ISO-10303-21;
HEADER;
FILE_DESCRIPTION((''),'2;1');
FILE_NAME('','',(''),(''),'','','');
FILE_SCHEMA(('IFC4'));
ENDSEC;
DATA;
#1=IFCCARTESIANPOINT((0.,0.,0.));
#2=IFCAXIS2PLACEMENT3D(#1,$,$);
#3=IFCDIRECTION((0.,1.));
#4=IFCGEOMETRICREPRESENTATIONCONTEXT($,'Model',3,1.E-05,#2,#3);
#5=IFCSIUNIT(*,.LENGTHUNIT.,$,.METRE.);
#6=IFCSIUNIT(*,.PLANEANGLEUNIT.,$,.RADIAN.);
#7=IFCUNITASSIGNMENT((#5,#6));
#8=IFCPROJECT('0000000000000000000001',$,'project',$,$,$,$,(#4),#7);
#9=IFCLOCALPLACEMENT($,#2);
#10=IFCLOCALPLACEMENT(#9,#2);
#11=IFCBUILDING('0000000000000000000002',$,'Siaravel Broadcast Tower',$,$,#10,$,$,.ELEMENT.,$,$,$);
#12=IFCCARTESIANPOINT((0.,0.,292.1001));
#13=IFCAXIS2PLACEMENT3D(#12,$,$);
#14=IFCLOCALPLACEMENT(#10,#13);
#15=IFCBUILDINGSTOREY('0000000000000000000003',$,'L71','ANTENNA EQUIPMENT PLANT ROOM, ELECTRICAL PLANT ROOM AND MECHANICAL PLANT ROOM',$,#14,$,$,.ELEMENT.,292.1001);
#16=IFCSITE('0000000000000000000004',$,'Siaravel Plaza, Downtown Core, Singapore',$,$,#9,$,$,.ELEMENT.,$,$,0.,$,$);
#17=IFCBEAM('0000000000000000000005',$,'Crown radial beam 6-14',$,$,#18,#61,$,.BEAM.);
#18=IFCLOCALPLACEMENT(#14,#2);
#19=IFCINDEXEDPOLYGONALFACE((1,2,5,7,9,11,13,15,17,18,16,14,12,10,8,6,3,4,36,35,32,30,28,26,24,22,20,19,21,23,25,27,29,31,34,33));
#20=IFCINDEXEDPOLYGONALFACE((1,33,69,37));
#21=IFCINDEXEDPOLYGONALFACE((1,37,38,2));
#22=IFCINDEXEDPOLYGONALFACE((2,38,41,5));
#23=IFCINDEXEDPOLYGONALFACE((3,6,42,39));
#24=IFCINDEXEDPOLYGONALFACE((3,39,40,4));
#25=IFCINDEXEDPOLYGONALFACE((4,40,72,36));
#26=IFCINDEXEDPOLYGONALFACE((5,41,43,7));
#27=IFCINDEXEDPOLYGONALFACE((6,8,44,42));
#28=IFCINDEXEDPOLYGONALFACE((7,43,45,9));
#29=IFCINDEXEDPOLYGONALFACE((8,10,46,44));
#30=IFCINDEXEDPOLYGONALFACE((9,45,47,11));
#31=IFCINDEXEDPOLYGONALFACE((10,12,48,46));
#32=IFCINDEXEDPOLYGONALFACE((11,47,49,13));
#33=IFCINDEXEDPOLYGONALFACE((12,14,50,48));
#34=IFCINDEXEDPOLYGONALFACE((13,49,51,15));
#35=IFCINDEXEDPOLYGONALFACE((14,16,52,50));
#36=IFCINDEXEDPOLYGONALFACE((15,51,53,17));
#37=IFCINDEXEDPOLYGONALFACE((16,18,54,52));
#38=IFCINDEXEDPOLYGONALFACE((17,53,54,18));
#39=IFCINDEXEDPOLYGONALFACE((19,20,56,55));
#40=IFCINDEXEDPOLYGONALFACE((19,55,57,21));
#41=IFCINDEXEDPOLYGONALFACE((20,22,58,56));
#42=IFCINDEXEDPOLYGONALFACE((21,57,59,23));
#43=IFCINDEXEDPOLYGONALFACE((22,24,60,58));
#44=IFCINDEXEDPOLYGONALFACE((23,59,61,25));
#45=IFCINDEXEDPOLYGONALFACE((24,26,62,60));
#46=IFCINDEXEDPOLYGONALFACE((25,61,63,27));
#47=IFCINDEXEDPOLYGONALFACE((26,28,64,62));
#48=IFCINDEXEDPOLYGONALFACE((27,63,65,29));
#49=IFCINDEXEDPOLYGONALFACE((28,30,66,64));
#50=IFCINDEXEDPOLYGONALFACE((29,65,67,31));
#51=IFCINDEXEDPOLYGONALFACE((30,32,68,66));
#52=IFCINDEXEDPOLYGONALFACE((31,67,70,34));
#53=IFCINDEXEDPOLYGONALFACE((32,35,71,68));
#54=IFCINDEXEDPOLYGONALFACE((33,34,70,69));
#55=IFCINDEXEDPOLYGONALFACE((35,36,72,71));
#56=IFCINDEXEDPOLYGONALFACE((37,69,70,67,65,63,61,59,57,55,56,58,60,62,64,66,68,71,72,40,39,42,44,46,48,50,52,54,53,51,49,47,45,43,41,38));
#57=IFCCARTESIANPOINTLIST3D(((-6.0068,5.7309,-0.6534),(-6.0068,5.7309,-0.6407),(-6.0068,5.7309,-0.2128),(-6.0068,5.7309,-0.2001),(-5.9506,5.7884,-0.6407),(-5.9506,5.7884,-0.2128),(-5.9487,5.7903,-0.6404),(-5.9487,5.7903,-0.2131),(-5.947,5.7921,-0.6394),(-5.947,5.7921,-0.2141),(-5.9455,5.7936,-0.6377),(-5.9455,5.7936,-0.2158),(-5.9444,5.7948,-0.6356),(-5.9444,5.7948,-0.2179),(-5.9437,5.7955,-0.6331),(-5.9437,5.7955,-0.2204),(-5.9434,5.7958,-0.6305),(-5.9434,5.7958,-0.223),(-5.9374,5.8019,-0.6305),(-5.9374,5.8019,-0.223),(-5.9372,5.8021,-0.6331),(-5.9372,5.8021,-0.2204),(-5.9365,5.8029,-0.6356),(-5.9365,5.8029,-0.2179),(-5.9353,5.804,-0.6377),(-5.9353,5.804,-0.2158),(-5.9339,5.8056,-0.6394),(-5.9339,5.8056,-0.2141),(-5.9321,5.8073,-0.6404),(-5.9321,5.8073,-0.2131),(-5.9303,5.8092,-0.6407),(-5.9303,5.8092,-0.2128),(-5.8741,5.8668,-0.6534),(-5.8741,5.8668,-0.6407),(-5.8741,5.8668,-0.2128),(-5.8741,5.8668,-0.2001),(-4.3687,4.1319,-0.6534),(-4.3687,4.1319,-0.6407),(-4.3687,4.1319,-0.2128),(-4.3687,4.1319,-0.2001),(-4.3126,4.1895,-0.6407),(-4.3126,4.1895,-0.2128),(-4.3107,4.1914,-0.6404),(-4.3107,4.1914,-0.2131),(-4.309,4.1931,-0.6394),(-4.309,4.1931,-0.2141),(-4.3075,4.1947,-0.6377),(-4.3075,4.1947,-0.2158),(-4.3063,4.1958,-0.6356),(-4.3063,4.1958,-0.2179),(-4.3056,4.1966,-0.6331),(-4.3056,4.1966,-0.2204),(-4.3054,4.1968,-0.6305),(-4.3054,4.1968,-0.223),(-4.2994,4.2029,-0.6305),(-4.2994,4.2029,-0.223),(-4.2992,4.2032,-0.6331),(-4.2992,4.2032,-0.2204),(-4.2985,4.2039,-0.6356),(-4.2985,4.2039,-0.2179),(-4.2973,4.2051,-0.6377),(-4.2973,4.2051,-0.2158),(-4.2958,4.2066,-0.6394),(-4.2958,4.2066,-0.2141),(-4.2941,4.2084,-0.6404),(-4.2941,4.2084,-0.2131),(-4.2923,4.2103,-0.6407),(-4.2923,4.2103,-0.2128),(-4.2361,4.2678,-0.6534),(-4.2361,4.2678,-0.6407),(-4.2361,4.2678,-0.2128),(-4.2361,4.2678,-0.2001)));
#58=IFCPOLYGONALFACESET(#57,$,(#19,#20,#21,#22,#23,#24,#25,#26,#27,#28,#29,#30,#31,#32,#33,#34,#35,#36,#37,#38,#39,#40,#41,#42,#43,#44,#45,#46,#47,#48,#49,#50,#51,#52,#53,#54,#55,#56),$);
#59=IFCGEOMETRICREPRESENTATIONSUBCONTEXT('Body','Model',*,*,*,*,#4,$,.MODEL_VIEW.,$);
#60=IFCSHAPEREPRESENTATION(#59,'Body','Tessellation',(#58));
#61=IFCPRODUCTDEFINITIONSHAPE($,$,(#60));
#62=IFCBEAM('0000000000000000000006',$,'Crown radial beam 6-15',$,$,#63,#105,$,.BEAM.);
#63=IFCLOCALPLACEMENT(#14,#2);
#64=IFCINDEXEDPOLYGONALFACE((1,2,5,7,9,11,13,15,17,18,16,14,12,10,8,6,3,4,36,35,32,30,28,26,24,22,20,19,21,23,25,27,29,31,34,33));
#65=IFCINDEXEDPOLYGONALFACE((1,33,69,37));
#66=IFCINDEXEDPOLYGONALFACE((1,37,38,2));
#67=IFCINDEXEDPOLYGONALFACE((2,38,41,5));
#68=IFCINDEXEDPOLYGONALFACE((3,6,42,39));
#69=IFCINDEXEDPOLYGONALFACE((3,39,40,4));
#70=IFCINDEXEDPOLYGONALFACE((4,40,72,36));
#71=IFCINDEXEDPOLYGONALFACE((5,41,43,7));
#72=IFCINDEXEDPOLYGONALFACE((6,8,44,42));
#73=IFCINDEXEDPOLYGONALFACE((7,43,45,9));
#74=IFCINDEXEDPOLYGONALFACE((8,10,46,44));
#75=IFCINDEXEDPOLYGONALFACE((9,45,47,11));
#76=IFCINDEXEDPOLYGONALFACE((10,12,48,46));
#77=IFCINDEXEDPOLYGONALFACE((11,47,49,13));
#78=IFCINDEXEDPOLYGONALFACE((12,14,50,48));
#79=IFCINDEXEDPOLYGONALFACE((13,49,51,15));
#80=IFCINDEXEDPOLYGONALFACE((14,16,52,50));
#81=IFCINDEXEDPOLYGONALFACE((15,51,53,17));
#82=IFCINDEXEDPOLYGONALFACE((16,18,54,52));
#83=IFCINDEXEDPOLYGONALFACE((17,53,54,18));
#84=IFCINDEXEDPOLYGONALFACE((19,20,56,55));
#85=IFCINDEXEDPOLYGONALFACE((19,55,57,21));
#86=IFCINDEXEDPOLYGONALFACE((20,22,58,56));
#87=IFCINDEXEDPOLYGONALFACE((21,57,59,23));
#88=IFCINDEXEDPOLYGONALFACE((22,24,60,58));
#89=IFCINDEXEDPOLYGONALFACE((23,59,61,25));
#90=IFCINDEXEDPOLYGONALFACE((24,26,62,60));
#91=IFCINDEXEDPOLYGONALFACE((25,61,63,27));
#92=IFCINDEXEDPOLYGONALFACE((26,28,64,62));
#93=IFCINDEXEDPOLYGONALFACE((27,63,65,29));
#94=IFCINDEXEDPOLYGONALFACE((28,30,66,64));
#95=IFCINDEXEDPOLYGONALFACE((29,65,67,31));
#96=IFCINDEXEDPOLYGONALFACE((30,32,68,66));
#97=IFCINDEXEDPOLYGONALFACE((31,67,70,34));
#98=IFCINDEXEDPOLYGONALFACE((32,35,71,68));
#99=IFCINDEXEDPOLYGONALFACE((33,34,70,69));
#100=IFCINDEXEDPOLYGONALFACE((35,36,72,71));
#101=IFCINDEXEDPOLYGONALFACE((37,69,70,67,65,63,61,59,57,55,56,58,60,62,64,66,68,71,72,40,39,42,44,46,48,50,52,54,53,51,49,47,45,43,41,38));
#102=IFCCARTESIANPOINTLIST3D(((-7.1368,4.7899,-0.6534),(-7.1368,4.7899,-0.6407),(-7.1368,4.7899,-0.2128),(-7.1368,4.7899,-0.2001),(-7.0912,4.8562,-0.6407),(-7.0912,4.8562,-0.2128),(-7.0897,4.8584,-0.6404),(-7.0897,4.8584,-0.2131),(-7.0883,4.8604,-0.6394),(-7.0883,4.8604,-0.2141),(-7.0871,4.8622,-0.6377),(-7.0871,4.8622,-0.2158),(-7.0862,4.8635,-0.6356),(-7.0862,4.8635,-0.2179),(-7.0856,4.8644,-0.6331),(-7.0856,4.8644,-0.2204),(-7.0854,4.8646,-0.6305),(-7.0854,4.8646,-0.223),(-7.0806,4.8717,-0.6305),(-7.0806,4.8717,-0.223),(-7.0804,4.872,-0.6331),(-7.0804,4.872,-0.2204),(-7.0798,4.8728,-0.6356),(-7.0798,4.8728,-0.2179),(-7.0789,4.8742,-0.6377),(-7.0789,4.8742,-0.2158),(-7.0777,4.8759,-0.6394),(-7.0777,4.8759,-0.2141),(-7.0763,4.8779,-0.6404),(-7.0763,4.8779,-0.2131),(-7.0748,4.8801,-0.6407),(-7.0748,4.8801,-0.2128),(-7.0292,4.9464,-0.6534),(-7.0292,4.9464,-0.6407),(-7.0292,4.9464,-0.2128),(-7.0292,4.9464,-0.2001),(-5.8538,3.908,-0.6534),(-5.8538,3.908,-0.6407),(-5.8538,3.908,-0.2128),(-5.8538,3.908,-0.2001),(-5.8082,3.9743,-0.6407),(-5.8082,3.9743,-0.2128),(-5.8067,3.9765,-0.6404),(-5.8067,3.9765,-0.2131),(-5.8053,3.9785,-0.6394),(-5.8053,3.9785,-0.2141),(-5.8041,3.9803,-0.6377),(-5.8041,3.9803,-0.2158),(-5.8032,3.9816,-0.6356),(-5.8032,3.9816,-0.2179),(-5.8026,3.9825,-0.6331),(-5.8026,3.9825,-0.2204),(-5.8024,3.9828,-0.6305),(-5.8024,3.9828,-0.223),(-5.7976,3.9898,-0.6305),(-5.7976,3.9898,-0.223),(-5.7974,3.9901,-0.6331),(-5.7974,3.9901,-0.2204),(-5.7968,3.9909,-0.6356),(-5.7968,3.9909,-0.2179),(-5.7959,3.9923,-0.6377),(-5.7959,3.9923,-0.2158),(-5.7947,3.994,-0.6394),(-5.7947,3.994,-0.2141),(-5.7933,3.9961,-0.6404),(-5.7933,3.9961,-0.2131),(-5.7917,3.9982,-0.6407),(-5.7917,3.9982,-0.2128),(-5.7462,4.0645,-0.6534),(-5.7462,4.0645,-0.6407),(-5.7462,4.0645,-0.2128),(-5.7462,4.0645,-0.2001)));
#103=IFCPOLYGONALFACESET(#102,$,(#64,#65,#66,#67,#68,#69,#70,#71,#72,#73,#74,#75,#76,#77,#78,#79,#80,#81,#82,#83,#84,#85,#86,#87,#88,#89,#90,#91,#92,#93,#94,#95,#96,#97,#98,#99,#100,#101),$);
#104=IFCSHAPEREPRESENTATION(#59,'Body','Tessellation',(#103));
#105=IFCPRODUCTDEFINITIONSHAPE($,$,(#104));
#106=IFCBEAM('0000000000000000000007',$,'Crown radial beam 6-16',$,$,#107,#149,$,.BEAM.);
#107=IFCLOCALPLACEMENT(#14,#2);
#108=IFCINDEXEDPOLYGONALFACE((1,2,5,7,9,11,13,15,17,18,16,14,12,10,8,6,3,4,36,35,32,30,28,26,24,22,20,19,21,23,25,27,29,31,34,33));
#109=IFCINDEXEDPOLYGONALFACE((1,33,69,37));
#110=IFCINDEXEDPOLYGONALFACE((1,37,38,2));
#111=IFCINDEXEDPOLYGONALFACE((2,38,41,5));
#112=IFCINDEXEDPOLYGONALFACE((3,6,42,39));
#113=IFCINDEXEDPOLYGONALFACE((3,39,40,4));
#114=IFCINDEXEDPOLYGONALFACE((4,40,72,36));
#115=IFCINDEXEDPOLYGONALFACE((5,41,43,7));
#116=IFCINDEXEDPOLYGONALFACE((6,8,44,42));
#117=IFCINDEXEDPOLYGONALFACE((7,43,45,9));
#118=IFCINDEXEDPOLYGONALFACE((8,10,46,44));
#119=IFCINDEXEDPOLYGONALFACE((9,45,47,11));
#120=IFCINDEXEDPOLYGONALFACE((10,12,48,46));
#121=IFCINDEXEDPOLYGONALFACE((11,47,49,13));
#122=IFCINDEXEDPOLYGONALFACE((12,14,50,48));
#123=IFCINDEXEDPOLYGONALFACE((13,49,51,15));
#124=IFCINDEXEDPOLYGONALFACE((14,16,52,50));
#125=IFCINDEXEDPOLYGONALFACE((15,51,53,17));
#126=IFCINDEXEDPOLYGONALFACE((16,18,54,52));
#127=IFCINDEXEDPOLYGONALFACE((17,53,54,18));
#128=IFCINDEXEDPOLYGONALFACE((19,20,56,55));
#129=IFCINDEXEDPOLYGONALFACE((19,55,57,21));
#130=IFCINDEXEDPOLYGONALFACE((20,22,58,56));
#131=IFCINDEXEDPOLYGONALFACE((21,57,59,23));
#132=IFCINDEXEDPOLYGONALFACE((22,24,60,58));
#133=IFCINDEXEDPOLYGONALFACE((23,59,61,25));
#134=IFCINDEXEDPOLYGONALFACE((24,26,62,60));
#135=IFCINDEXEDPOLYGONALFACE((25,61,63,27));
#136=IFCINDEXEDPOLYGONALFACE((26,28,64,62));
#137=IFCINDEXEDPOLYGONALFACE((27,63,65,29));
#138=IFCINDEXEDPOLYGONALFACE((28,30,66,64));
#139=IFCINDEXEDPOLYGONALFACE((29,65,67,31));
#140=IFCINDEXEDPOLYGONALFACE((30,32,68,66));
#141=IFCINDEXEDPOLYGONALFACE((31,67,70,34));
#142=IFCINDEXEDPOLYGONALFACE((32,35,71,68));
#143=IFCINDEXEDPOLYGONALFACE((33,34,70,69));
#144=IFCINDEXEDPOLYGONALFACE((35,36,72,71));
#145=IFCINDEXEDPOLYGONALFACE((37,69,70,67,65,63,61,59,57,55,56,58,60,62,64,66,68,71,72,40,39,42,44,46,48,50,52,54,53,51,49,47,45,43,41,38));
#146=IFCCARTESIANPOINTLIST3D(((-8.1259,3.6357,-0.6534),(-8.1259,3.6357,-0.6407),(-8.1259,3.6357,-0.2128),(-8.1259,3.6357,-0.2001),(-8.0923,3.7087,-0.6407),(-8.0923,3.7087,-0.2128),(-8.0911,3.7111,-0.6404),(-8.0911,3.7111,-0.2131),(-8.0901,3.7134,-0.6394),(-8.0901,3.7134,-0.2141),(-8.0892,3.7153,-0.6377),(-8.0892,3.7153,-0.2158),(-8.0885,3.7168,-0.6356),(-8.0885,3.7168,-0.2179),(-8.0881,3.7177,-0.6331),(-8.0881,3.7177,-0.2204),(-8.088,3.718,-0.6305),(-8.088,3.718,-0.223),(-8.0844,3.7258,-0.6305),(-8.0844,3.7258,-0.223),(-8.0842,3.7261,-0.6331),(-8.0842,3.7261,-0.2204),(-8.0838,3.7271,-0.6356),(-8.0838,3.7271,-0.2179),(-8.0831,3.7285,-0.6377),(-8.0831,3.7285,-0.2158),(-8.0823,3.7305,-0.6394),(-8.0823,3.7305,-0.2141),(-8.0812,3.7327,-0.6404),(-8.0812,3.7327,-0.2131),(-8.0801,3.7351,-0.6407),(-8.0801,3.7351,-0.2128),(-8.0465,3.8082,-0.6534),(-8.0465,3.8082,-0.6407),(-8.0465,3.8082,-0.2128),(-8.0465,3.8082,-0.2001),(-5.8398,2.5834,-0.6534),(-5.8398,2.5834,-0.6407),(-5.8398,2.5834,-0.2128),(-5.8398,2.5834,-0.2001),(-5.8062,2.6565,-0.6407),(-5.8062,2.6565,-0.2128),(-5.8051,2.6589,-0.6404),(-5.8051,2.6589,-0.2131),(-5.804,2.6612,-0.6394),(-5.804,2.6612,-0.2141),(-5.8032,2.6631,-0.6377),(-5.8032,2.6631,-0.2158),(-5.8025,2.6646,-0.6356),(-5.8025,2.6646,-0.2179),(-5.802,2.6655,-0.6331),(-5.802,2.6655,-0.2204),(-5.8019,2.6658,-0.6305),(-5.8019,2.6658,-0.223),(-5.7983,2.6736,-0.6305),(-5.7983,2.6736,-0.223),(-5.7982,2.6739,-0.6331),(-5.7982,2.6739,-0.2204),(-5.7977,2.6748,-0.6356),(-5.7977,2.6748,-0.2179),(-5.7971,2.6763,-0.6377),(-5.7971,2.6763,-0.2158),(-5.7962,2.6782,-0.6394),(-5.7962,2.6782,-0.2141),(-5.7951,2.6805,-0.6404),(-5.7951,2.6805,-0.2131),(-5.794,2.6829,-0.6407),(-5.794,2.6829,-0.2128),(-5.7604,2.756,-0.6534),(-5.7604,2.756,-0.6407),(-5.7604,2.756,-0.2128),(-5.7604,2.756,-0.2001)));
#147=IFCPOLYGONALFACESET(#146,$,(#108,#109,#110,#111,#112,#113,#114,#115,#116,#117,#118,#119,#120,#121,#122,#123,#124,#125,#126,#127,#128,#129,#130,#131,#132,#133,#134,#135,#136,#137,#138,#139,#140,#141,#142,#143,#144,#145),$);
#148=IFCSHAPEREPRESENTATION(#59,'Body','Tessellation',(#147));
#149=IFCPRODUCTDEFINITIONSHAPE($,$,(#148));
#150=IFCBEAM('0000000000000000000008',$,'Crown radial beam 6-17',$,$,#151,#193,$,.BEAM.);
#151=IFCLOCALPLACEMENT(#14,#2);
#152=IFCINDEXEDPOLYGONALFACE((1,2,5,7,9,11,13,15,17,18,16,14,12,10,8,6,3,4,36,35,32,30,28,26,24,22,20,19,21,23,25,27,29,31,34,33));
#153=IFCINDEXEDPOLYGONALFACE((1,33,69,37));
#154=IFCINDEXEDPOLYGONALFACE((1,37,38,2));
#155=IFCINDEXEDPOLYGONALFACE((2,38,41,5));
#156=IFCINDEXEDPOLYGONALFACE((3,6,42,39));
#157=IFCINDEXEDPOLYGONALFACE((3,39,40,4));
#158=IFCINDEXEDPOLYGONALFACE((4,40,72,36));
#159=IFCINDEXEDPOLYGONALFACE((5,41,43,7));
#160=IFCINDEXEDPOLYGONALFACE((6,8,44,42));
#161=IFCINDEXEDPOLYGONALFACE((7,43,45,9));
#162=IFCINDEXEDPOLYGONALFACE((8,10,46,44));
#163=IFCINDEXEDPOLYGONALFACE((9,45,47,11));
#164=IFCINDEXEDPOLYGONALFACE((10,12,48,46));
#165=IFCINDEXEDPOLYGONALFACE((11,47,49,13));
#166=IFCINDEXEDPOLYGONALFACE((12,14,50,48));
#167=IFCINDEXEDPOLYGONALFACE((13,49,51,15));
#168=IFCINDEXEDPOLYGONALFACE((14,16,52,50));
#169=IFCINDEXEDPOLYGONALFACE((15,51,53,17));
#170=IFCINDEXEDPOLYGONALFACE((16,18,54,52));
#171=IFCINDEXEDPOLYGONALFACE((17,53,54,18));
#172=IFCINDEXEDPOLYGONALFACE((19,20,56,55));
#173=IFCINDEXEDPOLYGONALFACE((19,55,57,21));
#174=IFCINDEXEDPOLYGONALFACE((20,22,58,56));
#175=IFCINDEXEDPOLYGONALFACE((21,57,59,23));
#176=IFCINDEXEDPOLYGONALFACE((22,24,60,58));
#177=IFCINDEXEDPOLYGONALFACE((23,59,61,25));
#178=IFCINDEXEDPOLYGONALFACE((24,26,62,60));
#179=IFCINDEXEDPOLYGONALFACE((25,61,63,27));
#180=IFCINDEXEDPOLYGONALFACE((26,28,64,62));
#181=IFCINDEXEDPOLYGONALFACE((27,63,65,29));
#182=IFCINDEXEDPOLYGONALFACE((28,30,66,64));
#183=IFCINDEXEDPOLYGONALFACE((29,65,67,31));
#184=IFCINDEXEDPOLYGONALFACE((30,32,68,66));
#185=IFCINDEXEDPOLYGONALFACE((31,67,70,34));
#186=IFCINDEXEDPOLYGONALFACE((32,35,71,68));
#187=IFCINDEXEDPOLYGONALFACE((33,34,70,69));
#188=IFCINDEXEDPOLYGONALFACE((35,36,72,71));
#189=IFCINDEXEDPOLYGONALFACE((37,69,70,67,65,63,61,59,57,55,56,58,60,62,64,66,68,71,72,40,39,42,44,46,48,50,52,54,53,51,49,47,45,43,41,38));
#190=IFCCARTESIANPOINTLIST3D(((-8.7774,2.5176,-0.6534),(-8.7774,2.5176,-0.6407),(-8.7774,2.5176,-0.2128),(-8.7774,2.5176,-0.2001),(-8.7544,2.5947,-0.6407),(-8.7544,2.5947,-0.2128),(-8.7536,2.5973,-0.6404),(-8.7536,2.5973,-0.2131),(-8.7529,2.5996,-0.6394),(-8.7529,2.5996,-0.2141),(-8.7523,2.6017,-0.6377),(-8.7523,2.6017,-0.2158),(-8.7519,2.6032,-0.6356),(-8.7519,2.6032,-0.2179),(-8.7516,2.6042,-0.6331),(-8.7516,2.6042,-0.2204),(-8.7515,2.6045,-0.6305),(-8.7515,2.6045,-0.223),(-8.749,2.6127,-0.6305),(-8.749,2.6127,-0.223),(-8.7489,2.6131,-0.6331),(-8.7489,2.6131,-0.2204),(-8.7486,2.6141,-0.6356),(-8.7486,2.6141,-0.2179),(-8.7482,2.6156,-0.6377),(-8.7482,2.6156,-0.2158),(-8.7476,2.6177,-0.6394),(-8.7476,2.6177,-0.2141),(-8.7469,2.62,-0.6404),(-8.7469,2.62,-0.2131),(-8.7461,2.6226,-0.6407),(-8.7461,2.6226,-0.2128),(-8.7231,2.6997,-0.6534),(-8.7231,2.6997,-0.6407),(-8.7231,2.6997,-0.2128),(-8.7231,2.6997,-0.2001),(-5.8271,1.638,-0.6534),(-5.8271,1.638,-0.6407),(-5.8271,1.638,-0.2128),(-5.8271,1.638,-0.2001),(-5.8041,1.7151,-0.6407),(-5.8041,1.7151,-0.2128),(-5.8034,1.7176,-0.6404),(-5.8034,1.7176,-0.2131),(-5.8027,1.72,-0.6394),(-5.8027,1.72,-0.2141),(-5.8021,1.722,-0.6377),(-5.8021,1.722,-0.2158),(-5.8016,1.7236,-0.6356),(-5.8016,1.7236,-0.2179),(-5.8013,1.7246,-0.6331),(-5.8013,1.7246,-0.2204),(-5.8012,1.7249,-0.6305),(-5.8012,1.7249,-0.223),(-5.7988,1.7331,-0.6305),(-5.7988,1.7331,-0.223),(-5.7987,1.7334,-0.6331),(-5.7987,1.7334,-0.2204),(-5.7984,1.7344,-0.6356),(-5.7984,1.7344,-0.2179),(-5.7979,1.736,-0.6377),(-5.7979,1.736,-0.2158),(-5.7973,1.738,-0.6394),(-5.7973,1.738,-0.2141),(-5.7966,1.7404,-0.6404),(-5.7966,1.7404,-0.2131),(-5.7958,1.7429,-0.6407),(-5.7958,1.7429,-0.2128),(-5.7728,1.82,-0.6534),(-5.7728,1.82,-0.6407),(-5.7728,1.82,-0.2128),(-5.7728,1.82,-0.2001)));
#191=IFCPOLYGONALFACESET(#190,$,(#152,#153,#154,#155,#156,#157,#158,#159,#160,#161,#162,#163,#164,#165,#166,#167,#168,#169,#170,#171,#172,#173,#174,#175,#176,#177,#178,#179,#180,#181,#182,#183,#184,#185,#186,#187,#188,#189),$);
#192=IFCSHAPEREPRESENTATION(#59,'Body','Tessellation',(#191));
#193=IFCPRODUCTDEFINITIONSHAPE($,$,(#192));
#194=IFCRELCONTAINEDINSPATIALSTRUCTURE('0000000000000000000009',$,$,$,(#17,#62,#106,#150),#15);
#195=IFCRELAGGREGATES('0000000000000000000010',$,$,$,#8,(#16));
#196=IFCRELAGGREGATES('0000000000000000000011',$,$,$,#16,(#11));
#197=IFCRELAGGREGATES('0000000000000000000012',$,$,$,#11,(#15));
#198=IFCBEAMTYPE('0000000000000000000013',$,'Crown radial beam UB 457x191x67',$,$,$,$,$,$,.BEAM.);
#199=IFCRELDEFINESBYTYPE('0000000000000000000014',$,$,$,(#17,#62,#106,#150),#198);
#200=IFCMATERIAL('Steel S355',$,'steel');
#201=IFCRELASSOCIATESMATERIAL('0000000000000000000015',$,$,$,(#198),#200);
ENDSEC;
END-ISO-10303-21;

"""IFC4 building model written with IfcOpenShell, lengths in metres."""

from ifc_helpers import new_model, si_unit, direction, frame, origin, origin_2d, place, context, subcontext, project, spatial, i_section, extrude, material, material_profile, profile_set, type_object, element, save


model = new_model("IFC4")

# Units and contexts
model_context = context("Model", 3, precision=1e-05, world=origin(), true_north=direction((0.0, 1.0)))
body_context = subcontext(model_context, "Body", "Model", "MODEL_VIEW")
ifc_project = project(units=[si_unit("LENGTHUNIT", "METRE"), si_unit("PLANEANGLEUNIT", "RADIAN")], contexts=[model_context])

# Site, building, storey
site_placement = place(None, origin())
site = spatial("IfcSite", under=ifc_project, at=site_placement, Name="Siaravel Plaza, Downtown Core, Singapore", CompositionType="ELEMENT", RefElevation=0.0)
building_placement = place(site_placement, origin())
building = spatial("IfcBuilding", under=site, at=building_placement, Name="Siaravel Broadcast Tower", CompositionType="ELEMENT")
storey_placement = place(building_placement, frame((0.0, 0.0, 292.1001)))
storey = spatial("IfcBuildingStorey", under=building, at=storey_placement, Name="L71", Description="ANTENNA EQUIPMENT PLANT ROOM, ELECTRICAL PLANT ROOM AND MECHANICAL PLANT ROOM", CompositionType="ELEMENT", Elevation=292.1001)

# Beams
ifc_material_1 = material(Name="Steel S355", Category="steel")
ifc_material_profile_1 = material_profile(ifc_material_1, i_section(OverallWidth=0.1899, OverallDepth=0.4534, WebThickness=0.0085, FlangeThickness=0.0127, FilletRadius=0.0103, at=origin_2d()))
ifc_profile_set_1 = profile_set([ifc_material_profile_1], Name="Steel S355")
beam_type_1 = type_object("IfcBeamType", Name="Crown radial beam UB 457x191x67", PredefinedType="BEAM", material=ifc_profile_set_1)
beam_1_placement = place(storey_placement, frame((-5.9404, 5.7988, -0.4268), z_axis=(0.715588, -0.698522, 0.0), x_axis=(0.698522, 0.715588, 0.0)))
element("IfcBeam", 1, at=beam_1_placement, inside=storey, type_object=beam_type_1, Name="Crown radial beam 6-14", PredefinedType="BEAM", context=body_context, shape_type="SweptSolid", body=[
    extrude(i_section(OverallWidth=0.1899, OverallDepth=0.4534, WebThickness=0.0085, FlangeThickness=0.0127, FilletRadius=0.0103, at=origin_2d()), origin(), (0.0, 0.0, 1.0), 2.2891),
])
beam_2_placement = place(storey_placement, frame((-7.083, 4.8682, -0.4268), z_axis=(0.824101, -0.566442, 0.0), x_axis=(0.566442, 0.824101, 0.0)))
element("IfcBeam", 2, at=beam_2_placement, inside=storey, type_object=beam_type_1, Name="Crown radial beam 6-15", PredefinedType="BEAM", context=body_context, shape_type="SweptSolid", body=[
    extrude(i_section(OverallWidth=0.1899, OverallDepth=0.4534, WebThickness=0.0085, FlangeThickness=0.0127, FilletRadius=0.0103, at=origin_2d()), origin(), (0.0, 0.0, 1.0), 1.5569),
])
beam_3_placement = place(storey_placement, frame((-8.0862, 3.7219, -0.4268), z_axis=(0.908396, -0.418111, 0.0), x_axis=(0.418111, 0.908396, 0.0)))
element("IfcBeam", 3, at=beam_3_placement, inside=storey, type_object=beam_type_1, Name="Crown radial beam 6-16", PredefinedType="BEAM", context=body_context, shape_type="SweptSolid", body=[
    extrude(i_section(OverallWidth=0.1899, OverallDepth=0.4534, WebThickness=0.0085, FlangeThickness=0.0127, FilletRadius=0.0103, at=origin_2d()), origin(), (0.0, 0.0, 1.0), 2.5166),
])
beam_4_placement = place(storey_placement, frame((-8.7502, 2.6086, -0.4268), z_axis=(0.958309, -0.285732, 0.0), x_axis=(0.285732, 0.958309, 0.0)))
element("IfcBeam", 4, at=beam_4_placement, inside=storey, type_object=beam_type_1, Name="Crown radial beam 6-17", PredefinedType="BEAM", context=body_context, shape_type="SweptSolid", body=[
    extrude(i_section(OverallWidth=0.1899, OverallDepth=0.4534, WebThickness=0.0085, FlangeThickness=0.0127, FilletRadius=0.0103, at=origin_2d()), origin(), (0.0, 0.0, 1.0), 3.0786),
])

save(model, "model.ifc")
